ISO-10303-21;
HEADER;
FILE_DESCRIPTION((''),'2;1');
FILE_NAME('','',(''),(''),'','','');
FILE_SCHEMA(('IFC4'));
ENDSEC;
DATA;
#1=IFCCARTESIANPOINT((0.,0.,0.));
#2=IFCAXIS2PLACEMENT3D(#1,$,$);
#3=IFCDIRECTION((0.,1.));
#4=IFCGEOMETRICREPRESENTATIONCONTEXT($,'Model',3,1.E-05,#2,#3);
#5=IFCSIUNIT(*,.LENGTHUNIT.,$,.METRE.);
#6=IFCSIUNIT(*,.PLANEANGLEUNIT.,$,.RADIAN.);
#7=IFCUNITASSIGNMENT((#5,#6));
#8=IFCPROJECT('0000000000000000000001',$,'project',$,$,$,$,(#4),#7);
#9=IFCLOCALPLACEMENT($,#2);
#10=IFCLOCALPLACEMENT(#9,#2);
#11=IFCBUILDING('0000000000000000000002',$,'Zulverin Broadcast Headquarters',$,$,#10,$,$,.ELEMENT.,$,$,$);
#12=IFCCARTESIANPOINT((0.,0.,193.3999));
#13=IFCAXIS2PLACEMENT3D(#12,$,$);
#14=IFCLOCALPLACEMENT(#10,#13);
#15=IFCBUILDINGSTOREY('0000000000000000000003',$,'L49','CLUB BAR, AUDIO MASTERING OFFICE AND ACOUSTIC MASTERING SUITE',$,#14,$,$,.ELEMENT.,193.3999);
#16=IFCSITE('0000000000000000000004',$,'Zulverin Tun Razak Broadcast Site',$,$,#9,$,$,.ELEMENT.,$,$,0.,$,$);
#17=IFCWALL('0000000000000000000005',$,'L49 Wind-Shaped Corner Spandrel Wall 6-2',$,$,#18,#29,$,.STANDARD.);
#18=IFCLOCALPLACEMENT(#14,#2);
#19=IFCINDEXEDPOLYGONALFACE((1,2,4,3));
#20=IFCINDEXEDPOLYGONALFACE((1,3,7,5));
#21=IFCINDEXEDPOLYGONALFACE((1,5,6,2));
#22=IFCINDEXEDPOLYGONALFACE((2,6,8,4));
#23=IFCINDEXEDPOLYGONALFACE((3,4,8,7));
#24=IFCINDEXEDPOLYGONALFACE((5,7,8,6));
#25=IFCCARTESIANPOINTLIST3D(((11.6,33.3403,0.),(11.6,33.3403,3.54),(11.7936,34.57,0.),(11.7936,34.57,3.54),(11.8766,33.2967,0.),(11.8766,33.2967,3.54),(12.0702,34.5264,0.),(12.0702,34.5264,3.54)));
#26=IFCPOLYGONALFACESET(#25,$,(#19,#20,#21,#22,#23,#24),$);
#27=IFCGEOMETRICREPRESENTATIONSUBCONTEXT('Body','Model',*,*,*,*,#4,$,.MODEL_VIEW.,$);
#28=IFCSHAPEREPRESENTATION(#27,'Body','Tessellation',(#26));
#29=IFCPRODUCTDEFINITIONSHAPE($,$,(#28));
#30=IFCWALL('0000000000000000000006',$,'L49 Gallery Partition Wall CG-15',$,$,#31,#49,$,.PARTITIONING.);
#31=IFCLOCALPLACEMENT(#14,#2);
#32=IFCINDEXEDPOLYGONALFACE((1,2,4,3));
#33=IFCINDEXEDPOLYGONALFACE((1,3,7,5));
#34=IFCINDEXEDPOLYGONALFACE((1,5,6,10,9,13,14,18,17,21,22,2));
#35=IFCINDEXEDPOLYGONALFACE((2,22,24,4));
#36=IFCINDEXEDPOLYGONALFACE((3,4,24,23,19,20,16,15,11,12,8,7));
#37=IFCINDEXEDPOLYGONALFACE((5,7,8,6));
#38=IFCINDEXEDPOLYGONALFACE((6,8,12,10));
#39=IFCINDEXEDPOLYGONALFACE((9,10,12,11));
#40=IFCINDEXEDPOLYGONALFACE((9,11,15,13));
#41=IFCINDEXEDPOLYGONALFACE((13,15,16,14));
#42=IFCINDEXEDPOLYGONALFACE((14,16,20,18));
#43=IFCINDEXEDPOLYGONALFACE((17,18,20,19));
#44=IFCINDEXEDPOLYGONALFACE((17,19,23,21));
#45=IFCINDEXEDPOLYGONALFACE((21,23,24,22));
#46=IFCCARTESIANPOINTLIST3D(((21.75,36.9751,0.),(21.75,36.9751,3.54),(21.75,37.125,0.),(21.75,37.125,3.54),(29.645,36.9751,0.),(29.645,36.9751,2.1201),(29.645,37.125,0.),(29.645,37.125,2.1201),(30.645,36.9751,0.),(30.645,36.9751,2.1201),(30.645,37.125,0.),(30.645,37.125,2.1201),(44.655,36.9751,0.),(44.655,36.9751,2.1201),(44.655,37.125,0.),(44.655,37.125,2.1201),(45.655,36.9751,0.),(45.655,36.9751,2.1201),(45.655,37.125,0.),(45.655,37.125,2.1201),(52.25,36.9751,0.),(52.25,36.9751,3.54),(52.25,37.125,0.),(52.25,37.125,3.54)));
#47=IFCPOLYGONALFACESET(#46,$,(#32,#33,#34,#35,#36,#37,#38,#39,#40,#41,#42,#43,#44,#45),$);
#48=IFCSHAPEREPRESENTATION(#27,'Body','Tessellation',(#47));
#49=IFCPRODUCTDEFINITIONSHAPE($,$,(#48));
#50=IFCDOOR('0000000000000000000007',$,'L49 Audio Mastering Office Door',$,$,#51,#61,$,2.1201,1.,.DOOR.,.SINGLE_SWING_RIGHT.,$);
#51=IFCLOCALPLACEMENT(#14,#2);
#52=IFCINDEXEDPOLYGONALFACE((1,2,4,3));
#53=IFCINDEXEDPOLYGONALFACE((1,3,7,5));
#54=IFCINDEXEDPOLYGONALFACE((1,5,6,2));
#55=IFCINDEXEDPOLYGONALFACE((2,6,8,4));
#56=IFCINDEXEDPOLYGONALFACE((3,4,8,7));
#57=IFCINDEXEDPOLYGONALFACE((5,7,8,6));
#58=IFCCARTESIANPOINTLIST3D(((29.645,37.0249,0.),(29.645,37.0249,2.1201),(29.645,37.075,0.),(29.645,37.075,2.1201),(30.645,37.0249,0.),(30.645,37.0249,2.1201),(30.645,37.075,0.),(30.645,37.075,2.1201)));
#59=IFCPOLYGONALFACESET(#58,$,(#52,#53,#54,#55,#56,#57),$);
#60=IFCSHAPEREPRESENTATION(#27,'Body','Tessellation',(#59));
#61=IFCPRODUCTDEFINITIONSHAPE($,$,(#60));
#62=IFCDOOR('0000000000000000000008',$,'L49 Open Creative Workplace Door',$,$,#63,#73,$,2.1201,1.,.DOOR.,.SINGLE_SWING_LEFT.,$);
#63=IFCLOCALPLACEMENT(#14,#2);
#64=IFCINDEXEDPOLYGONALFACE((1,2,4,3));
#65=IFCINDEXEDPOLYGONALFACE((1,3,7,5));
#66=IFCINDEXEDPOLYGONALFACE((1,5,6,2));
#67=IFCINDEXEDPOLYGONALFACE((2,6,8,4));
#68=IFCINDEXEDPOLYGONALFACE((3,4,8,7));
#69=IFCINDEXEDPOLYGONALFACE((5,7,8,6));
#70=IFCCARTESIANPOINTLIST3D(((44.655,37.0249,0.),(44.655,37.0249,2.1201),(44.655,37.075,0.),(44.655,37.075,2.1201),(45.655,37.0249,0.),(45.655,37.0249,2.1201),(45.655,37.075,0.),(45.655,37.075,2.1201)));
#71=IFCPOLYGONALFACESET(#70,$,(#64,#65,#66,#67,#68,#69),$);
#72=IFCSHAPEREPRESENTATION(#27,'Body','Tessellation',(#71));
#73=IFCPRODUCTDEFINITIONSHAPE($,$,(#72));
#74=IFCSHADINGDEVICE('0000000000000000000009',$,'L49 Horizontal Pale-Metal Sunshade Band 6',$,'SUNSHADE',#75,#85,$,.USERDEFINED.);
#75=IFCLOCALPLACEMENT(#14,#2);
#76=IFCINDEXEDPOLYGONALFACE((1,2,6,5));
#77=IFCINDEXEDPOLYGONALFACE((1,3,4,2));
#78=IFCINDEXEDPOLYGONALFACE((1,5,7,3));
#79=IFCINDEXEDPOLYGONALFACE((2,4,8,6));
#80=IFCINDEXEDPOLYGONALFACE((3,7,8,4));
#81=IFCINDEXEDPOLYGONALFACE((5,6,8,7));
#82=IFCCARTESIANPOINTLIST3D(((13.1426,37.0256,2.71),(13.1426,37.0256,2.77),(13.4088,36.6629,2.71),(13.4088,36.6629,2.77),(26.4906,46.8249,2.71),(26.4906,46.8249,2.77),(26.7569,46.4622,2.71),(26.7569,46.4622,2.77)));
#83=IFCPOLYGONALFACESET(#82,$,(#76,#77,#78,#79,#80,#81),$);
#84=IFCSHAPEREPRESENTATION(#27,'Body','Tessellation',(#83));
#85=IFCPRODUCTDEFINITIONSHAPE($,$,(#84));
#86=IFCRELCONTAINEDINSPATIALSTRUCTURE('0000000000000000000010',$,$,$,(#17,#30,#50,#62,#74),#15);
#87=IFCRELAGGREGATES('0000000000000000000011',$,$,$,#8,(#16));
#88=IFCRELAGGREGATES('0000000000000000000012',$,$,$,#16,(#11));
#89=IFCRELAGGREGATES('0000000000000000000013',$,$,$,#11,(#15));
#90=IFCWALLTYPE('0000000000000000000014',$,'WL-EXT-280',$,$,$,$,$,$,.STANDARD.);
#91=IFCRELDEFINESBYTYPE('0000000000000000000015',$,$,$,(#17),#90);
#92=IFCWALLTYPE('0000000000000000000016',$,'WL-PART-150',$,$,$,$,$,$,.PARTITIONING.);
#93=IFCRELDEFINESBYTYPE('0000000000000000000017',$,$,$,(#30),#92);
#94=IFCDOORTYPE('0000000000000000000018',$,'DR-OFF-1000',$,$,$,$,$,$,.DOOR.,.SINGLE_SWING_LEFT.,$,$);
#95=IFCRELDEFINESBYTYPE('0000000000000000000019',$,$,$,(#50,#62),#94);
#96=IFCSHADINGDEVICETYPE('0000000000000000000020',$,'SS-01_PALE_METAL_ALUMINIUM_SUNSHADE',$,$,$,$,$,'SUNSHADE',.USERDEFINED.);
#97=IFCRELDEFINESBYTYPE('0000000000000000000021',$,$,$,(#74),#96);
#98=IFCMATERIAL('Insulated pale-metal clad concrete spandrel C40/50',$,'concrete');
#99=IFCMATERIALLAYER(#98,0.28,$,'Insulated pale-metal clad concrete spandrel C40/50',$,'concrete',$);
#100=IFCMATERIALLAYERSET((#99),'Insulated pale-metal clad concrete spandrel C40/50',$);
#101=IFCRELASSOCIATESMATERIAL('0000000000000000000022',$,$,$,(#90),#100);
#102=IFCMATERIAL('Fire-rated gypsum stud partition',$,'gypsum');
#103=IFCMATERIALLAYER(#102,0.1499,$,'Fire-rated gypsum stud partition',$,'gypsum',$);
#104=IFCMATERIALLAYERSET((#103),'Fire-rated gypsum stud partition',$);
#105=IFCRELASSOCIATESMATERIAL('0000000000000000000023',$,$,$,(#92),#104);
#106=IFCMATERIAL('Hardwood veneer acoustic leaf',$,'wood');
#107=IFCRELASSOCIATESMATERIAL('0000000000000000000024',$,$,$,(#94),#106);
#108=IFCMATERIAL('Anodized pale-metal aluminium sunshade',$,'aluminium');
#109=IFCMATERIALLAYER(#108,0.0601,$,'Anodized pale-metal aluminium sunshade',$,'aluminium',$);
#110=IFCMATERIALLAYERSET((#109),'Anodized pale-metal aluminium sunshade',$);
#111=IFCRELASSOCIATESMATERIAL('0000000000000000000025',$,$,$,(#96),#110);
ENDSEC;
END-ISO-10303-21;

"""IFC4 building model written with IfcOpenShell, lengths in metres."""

from ifc_helpers import new_model, si_unit, direction, frame, frame_2d, origin, origin_2d, place, context, subcontext, project, spatial, rectangle, extrude, material, layer, layer_set, type_object, element, fill, save


model = new_model("IFC4")

# Units and contexts
model_context = context("Model", 3, precision=1e-05, world=origin(), true_north=direction((0.0, 1.0)))
body_context = subcontext(model_context, "Body", "Model", "MODEL_VIEW")
ifc_project = project(units=[si_unit("LENGTHUNIT", "METRE"), si_unit("PLANEANGLEUNIT", "RADIAN")], contexts=[model_context])

# Site, building, storey
site_placement = place(None, origin())
site = spatial("IfcSite", under=ifc_project, at=site_placement, Name="Zulverin Tun Razak Broadcast Site", CompositionType="ELEMENT", RefElevation=0.0)
building_placement = place(site_placement, origin())
building = spatial("IfcBuilding", under=site, at=building_placement, Name="Zulverin Broadcast Headquarters", CompositionType="ELEMENT")
storey_placement = place(building_placement, frame((0.0, 0.0, 193.3999)))
storey = spatial("IfcBuildingStorey", under=building, at=storey_placement, Name="L49", Description="CLUB BAR, AUDIO MASTERING OFFICE AND ACOUSTIC MASTERING SUITE", CompositionType="ELEMENT", Elevation=193.3999)

# Shared definitions
ifc_material_1 = material(Name="Insulated pale-metal clad concrete spandrel C40/50", Category="concrete")
ifc_layer_1 = layer(ifc_material_1, 0.28, Name="Insulated pale-metal clad concrete spandrel C40/50", Category="concrete")
ifc_layer_set_1 = layer_set([ifc_layer_1], Name="Insulated pale-metal clad concrete spandrel C40/50")
wall_type_1 = type_object("IfcWallType", Name="WL-EXT-280", PredefinedType="STANDARD", material=ifc_layer_set_1)

# Wall
wall_1_placement = place(storey_placement, frame((11.9319, 34.5483, 0.0), z_axis=(0.0, 0.0, 1.0), x_axis=(-0.155519, -0.987833, 0.0)))
element("IfcWall", 1, at=wall_1_placement, inside=storey, type_object=wall_type_1, Name="L49 Wind-Shaped Corner Spandrel Wall 6-2", PredefinedType="STANDARD", context=body_context, shape_type="SweptSolid", body=[
    extrude(rectangle(XDim=1.2449, YDim=0.28, at=frame_2d((0.6226, 0.0))), origin(), (0.0, 0.0, 1.0), 3.54),
])

# Wall, openings, doors
ifc_material_2 = material(Name="Fire-rated gypsum stud partition", Category="gypsum")
ifc_layer_2 = layer(ifc_material_2, 0.1499, Name="Fire-rated gypsum stud partition", Category="gypsum")
ifc_layer_set_2 = layer_set([ifc_layer_2], Name="Fire-rated gypsum stud partition")
wall_type_2 = type_object("IfcWallType", Name="WL-PART-150", PredefinedType="PARTITIONING", material=ifc_layer_set_2)
wall_2_placement = place(storey_placement, frame((21.75, 37.05, 0.0), z_axis=(0.0, 0.0, 1.0), x_axis=(1.0, 0.0, 0.0)))
wall_2 = element("IfcWall", 2, at=wall_2_placement, inside=storey, type_object=wall_type_2, Name="L49 Gallery Partition Wall CG-15", PredefinedType="PARTITIONING", context=body_context, shape_type="SweptSolid", body=[
    extrude(rectangle(XDim=30.5, YDim=0.1499, at=frame_2d((15.25, 0.0))), origin(), (0.0, 0.0, 1.0), 3.54),
])
opening_1_placement = place(wall_2_placement, frame((7.895, 0.0, 0.0)))
opening_1 = element("IfcOpeningElement", 3, at=opening_1_placement, cuts=wall_2, PredefinedType="OPENING", context=body_context, shape_type="SweptSolid", body=[
    extrude(rectangle(XDim=1.0, YDim=2.1201, at=frame_2d((0.5, 1.0601))), frame((0.0, 0.085, 0.0), z_axis=(0.0, -1.0, 0.0), x_axis=(1.0, 0.0, 0.0)), (0.0, 0.0, 1.0), 0.1699),
])
opening_2_placement = place(wall_2_placement, frame((22.905, 0.0, 0.0)))
opening_2 = element("IfcOpeningElement", 4, at=opening_2_placement, cuts=wall_2, PredefinedType="OPENING", context=body_context, shape_type="SweptSolid", body=[
    extrude(rectangle(XDim=1.0, YDim=2.1201, at=frame_2d((0.5, 1.0601))), frame((0.0, 0.085, 0.0), z_axis=(0.0, -1.0, 0.0), x_axis=(1.0, 0.0, 0.0)), (0.0, 0.0, 1.0), 0.1699),
])
ifc_material_3 = material(Name="Hardwood veneer acoustic leaf", Category="wood")
door_type_1 = type_object("IfcDoorType", Name="DR-OFF-1000", OperationType="SINGLE_SWING_LEFT", PredefinedType="DOOR", material=ifc_material_3)
door_1_placement = place(opening_1_placement, origin())
door_1 = element("IfcDoor", 5, at=door_1_placement, inside=storey, type_object=door_type_1, Name="L49 Audio Mastering Office Door", OperationType="SINGLE_SWING_RIGHT", OverallHeight=2.1201, OverallWidth=1.0, PredefinedType="DOOR", context=body_context, shape_type="SweptSolid", body=[
    extrude(rectangle(XDim=1.0, YDim=2.1201, at=frame_2d((0.5, 1.0601))), frame((0.0, 0.0249, 0.0), z_axis=(0.0, -1.0, 0.0), x_axis=(1.0, 0.0, 0.0)), (0.0, 0.0, 1.0), 0.05),
])
fill(opening_1, door_1)
door_2_placement = place(opening_2_placement, origin())
door_2 = element("IfcDoor", 6, at=door_2_placement, inside=storey, type_object=door_type_1, Name="L49 Open Creative Workplace Door", OperationType="SINGLE_SWING_LEFT", OverallHeight=2.1201, OverallWidth=1.0, PredefinedType="DOOR", context=body_context, shape_type="SweptSolid", body=[
    extrude(rectangle(XDim=1.0, YDim=2.1201, at=frame_2d((0.5, 1.0601))), frame((0.0, 0.0249, 0.0), z_axis=(0.0, -1.0, 0.0), x_axis=(1.0, 0.0, 0.0)), (0.0, 0.0, 1.0), 0.05),
])
fill(opening_2, door_2)

# Shading device
ifc_material_4 = material(Name="Anodized pale-metal aluminium sunshade", Category="aluminium")
ifc_layer_3 = layer(ifc_material_4, 0.0601, Name="Anodized pale-metal aluminium sunshade", Category="aluminium")
ifc_layer_set_3 = layer_set([ifc_layer_3], Name="Anodized pale-metal aluminium sunshade")
shading_device_type = type_object("IfcShadingDeviceType", Name="SS-01_PALE_METAL_ALUMINIUM_SUNSHADE", ElementType="SUNSHADE", PredefinedType="USERDEFINED", material=ifc_layer_set_3)
shading_device_placement = place(storey_placement, frame((19.9497, 41.7439, 2.71), z_axis=(0.0, 0.0, 1.0), x_axis=(-0.806097, -0.591784, 0.0)))
element("IfcShadingDevice", 7, at=shading_device_placement, inside=storey, type_object=shading_device_type, Name="L49 Horizontal Pale-Metal Sunshade Band 6", ObjectType="SUNSHADE", PredefinedType="USERDEFINED", context=body_context, shape_type="SweptSolid", body=[
    extrude(rectangle(XDim=16.5588, YDim=0.45, at=origin_2d()), origin(), (0.0, 0.0, 1.0), 0.0601),
])

save(model, "model.ifc")
